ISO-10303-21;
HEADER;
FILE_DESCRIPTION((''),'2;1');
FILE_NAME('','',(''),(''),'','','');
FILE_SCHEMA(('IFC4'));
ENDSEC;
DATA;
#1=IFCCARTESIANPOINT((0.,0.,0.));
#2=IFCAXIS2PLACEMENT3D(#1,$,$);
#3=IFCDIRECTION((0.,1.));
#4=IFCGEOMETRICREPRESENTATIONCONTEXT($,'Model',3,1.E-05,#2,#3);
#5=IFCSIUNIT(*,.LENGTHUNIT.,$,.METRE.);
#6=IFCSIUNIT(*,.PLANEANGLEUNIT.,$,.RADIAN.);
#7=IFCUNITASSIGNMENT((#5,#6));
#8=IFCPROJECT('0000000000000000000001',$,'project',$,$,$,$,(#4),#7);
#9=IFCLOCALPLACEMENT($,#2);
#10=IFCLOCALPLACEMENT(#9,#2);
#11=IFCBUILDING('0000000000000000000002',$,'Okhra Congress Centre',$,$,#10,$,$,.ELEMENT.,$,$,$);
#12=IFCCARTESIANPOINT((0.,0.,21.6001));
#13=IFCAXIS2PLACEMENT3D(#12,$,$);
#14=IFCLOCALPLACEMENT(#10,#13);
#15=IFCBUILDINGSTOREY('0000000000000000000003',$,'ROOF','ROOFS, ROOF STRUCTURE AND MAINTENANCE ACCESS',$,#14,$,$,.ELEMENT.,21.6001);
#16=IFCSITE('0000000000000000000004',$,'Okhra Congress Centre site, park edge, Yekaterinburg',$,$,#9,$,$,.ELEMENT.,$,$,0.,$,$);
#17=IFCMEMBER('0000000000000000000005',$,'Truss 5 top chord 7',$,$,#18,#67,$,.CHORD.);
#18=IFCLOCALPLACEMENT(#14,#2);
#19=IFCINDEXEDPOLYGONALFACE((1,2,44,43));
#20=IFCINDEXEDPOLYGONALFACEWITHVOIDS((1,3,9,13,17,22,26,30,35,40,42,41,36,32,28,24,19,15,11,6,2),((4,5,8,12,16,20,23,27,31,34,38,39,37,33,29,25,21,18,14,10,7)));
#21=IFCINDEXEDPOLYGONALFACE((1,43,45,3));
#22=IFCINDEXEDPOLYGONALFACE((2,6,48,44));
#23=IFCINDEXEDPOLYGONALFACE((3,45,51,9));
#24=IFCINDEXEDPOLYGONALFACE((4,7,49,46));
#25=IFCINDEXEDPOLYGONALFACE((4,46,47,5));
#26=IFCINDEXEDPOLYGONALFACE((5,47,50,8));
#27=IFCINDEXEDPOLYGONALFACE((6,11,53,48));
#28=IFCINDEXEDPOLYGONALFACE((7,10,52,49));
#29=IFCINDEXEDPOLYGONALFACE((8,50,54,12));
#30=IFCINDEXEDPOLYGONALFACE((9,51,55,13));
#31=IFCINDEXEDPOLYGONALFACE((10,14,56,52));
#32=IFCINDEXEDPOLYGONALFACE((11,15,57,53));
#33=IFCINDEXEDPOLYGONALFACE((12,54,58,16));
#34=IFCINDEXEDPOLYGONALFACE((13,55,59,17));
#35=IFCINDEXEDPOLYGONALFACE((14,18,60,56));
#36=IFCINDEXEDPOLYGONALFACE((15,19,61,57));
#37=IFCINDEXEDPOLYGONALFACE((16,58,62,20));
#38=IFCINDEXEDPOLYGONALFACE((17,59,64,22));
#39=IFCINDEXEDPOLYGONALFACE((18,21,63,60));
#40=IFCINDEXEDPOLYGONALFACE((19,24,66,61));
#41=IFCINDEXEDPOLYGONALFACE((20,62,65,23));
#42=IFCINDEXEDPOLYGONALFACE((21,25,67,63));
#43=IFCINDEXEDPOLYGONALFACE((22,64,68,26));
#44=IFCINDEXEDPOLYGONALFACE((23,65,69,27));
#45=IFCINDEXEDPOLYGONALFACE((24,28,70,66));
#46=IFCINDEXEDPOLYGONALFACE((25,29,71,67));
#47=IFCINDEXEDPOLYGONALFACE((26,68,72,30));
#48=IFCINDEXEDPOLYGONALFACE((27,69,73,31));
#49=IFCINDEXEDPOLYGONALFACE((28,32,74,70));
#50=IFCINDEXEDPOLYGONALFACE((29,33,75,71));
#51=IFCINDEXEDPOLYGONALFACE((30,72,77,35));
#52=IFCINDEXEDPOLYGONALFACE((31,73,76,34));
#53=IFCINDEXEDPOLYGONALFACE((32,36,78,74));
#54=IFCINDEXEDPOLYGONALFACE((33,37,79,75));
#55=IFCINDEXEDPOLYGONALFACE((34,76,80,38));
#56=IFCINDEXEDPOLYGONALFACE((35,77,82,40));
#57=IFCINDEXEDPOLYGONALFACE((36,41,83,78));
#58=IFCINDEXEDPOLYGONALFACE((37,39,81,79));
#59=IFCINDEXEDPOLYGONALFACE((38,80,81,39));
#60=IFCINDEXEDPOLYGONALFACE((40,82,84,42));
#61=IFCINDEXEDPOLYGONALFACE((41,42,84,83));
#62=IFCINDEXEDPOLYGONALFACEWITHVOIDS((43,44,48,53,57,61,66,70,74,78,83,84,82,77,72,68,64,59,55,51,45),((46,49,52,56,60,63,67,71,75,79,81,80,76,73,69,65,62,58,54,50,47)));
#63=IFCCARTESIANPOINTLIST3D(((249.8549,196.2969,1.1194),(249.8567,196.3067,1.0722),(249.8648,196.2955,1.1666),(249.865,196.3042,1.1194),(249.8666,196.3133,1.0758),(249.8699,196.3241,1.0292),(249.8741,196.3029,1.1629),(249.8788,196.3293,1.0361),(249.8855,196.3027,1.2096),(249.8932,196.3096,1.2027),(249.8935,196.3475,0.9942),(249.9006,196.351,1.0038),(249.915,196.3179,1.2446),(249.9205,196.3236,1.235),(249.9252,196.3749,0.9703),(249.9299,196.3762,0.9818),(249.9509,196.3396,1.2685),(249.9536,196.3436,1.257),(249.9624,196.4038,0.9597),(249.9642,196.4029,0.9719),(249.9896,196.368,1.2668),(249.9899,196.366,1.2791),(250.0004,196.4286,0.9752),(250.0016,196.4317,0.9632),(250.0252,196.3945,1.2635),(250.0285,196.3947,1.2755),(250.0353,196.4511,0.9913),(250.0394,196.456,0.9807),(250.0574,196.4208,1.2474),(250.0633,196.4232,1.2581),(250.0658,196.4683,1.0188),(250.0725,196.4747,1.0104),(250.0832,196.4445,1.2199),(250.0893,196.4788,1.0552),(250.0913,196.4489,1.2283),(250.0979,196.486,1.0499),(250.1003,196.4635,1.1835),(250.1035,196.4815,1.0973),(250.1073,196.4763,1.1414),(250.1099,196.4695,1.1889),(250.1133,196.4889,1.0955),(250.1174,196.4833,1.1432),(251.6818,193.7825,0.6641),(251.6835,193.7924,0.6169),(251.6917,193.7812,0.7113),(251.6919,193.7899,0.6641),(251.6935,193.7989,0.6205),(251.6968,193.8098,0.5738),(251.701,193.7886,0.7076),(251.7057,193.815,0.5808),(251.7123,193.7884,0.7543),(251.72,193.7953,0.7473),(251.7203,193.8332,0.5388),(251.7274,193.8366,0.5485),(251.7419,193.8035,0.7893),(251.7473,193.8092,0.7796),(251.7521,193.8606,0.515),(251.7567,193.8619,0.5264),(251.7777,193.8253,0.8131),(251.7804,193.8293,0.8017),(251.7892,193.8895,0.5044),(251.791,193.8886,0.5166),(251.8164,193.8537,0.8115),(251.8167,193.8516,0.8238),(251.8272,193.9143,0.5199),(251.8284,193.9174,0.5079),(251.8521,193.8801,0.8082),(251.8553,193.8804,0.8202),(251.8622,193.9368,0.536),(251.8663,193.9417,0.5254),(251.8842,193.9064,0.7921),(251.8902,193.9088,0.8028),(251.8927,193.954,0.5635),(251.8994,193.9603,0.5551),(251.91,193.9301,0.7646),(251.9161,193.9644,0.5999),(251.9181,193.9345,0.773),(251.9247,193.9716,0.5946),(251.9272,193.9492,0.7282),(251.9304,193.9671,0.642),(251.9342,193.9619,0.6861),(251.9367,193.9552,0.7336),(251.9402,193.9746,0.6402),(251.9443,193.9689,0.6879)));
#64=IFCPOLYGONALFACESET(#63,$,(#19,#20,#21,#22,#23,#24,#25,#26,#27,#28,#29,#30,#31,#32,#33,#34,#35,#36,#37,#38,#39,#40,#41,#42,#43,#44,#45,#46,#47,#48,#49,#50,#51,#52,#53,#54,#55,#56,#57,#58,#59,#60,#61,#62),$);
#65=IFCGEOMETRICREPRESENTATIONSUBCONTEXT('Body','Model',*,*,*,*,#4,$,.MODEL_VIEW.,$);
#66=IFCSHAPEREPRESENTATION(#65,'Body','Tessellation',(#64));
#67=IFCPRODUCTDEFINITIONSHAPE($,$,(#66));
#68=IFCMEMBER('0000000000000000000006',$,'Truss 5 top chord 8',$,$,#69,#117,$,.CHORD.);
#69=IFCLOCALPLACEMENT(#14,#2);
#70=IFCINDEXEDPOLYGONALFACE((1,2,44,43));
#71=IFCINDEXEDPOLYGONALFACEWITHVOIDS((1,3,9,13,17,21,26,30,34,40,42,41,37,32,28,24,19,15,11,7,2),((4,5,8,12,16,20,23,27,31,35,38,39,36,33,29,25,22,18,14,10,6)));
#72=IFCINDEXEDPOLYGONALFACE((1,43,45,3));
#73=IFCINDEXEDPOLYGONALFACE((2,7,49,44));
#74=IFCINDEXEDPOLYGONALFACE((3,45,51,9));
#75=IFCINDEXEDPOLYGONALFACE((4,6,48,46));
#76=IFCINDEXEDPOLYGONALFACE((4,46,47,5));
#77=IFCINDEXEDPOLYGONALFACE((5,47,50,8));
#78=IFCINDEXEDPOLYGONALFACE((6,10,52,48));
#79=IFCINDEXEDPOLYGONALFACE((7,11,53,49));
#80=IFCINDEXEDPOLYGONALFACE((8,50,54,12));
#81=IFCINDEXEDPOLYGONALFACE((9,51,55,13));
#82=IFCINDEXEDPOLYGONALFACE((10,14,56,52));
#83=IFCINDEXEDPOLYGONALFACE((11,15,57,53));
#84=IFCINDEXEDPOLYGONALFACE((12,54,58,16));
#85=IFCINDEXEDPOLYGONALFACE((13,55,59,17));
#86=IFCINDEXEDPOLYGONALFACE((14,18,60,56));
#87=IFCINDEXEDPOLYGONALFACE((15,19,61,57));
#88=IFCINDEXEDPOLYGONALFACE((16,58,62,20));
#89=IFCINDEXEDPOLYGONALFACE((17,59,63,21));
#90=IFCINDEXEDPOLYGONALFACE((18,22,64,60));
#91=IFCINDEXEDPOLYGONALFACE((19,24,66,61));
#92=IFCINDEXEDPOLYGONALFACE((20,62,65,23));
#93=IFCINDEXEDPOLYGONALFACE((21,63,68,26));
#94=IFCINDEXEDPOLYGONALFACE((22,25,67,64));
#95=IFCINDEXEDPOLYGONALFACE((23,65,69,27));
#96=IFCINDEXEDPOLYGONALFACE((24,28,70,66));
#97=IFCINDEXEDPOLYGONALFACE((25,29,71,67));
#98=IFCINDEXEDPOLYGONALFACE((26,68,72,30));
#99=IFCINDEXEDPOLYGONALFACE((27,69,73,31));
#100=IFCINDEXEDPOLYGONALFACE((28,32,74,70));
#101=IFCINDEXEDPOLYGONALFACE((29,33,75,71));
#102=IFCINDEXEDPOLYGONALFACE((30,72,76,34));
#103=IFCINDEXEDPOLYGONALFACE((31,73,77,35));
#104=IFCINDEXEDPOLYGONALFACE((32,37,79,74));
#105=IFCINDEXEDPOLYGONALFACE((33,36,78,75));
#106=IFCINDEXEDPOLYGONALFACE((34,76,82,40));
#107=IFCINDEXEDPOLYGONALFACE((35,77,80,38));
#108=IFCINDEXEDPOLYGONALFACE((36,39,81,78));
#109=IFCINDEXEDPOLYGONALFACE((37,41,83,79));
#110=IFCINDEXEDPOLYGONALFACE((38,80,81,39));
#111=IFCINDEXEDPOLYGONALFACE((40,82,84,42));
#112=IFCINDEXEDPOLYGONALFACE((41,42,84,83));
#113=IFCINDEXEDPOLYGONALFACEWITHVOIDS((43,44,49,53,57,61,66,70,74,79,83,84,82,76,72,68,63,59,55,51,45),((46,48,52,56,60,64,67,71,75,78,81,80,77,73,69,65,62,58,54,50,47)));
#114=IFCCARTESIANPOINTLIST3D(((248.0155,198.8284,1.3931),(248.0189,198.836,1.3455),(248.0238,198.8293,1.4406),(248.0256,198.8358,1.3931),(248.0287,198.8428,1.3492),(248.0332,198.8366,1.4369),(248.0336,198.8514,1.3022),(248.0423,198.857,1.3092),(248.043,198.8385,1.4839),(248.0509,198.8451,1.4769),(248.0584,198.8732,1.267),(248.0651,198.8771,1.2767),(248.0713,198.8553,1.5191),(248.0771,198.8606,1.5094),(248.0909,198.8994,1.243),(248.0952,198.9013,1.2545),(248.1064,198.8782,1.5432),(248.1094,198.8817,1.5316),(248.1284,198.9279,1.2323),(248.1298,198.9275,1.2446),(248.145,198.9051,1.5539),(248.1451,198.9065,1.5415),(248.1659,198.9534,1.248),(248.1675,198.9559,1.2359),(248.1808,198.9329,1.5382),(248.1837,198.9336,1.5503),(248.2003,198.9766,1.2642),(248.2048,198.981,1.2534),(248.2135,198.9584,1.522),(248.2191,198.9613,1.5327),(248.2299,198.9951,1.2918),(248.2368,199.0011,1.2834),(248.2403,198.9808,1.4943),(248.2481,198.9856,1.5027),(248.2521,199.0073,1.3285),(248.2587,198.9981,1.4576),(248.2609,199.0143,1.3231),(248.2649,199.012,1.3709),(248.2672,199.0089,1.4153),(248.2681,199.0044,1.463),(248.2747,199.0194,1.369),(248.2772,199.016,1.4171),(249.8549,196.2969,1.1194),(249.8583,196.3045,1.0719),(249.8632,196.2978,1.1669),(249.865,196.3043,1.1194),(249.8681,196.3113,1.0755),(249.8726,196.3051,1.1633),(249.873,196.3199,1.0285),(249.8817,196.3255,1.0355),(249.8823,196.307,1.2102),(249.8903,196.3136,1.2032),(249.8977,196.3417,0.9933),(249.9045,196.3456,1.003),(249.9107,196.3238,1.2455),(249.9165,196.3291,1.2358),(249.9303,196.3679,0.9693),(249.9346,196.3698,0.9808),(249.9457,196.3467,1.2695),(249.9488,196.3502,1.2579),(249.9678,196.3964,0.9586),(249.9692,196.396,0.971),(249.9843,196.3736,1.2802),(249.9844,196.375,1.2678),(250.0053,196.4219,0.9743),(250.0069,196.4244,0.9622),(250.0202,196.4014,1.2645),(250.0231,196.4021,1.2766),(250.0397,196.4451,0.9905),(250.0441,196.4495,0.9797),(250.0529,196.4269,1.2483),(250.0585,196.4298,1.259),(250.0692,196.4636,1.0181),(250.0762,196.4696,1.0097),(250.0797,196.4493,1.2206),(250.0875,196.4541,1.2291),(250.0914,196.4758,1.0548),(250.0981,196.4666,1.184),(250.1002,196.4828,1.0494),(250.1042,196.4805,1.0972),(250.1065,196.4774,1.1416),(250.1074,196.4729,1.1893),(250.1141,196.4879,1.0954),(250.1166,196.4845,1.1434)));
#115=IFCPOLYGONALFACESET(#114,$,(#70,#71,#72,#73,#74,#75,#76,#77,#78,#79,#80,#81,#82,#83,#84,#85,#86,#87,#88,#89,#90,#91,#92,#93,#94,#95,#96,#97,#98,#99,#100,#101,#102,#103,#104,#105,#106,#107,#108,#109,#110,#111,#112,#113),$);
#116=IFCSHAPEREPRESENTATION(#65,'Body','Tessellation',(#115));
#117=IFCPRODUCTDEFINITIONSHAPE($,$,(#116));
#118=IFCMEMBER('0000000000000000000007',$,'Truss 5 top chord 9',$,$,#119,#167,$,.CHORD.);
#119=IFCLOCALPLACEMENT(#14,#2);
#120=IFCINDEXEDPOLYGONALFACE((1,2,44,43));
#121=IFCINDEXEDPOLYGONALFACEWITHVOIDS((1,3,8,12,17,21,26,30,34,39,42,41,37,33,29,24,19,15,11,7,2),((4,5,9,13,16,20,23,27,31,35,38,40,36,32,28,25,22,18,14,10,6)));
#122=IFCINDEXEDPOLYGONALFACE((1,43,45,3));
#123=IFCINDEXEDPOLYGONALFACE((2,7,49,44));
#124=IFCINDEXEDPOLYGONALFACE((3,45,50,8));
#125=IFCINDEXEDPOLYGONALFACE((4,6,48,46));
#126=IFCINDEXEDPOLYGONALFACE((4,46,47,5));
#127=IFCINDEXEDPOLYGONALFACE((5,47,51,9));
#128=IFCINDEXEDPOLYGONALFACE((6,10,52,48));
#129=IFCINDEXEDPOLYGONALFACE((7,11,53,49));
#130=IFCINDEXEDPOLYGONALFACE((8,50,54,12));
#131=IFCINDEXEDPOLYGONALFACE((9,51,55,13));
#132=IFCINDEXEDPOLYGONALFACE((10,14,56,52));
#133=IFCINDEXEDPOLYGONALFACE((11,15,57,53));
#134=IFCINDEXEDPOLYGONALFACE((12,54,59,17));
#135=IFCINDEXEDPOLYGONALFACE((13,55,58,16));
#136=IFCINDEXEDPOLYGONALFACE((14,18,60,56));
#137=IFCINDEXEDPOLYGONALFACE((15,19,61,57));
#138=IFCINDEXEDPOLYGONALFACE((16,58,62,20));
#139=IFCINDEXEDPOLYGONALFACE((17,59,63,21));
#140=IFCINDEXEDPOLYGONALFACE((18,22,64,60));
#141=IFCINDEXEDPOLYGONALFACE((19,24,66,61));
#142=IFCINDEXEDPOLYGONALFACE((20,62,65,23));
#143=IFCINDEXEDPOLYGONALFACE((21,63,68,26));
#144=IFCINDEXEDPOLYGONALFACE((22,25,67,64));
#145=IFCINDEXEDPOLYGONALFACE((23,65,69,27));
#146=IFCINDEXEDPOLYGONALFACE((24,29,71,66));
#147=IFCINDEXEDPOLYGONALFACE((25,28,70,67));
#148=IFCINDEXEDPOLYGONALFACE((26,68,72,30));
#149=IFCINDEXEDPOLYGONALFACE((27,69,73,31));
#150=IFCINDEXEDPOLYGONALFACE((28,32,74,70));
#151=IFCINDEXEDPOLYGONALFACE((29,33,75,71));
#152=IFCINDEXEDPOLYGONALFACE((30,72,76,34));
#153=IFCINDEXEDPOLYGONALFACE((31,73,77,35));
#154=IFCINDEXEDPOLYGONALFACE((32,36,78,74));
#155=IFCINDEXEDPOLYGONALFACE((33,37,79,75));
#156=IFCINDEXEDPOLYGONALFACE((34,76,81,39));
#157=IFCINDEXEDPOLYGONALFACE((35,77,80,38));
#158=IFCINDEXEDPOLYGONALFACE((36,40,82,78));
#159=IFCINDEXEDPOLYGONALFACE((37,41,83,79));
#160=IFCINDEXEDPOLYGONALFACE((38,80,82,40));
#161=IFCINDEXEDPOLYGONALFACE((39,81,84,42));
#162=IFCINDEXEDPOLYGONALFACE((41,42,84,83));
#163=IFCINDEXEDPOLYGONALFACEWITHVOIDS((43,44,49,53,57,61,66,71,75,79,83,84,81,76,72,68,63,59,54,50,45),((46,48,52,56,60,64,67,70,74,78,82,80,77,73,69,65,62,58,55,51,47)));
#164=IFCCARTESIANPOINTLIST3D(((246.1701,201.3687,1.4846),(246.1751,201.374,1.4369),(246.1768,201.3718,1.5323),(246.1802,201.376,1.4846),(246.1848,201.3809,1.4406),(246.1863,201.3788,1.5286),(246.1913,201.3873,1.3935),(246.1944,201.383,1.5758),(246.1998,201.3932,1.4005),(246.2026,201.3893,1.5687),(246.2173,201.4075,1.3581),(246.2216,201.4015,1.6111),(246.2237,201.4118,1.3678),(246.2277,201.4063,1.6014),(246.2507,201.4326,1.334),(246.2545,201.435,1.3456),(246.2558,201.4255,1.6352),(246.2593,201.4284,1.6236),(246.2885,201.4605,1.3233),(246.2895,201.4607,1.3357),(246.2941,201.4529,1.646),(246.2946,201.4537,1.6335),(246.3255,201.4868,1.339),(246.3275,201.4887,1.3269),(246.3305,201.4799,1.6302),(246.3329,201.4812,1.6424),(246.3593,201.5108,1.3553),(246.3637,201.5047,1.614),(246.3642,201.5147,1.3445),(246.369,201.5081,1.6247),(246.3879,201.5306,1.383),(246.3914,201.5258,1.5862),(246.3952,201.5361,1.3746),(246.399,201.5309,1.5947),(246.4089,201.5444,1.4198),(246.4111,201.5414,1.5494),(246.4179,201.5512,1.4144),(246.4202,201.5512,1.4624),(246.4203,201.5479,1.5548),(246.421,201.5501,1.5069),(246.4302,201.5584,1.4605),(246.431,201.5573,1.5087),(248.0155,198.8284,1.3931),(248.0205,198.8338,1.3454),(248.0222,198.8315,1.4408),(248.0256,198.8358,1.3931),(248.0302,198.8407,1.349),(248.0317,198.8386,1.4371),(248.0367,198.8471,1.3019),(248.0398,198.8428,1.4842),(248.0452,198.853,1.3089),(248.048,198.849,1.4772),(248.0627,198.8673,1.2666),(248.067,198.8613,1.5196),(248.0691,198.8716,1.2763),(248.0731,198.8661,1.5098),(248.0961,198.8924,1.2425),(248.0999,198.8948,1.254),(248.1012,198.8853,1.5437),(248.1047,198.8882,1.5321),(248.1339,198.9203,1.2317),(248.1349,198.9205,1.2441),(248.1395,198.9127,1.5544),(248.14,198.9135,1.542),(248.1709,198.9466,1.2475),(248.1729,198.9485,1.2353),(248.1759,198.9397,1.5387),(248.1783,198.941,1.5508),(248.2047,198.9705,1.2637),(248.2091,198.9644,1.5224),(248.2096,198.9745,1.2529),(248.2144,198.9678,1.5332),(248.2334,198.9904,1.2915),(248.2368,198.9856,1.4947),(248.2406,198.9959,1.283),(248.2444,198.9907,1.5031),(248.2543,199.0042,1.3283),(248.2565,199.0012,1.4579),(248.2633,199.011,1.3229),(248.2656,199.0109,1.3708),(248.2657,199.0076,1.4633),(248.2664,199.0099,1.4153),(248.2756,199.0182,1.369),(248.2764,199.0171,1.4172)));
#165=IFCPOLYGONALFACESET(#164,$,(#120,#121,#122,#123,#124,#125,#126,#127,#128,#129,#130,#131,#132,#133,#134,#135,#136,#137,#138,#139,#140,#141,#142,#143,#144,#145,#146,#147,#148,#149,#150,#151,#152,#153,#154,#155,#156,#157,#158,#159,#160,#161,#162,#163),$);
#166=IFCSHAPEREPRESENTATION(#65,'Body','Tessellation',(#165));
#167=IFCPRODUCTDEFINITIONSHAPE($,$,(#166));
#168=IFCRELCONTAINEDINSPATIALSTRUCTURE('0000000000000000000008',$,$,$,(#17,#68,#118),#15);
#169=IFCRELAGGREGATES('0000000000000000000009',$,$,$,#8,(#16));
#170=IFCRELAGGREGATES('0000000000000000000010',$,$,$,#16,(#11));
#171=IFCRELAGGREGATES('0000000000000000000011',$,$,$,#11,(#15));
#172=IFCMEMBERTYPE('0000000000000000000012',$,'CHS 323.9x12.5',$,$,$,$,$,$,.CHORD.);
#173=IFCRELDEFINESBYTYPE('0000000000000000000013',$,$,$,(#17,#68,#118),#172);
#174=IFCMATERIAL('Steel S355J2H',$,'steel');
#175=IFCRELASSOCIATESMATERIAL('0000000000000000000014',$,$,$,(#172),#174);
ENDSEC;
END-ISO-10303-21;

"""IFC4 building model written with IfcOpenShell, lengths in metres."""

from ifc_helpers import new_model, si_unit, direction, frame, origin, origin_2d, place, context, subcontext, project, spatial, hollow_circle, extrude, material, material_profile, profile_set, type_object, element, save


model = new_model("IFC4")

# Units and contexts
model_context = context("Model", 3, precision=1e-05, world=origin(), true_north=direction((0.0, 1.0)))
body_context = subcontext(model_context, "Body", "Model", "MODEL_VIEW")
ifc_project = project(units=[si_unit("LENGTHUNIT", "METRE"), si_unit("PLANEANGLEUNIT", "RADIAN")], contexts=[model_context])

# Site, building, storey
site_placement = place(None, origin())
site = spatial("IfcSite", under=ifc_project, at=site_placement, Name="Okhra Congress Centre site, park edge, Yekaterinburg", CompositionType="ELEMENT", RefElevation=0.0)
building_placement = place(site_placement, origin())
building = spatial("IfcBuilding", under=site, at=building_placement, Name="Okhra Congress Centre", CompositionType="ELEMENT")
storey_placement = place(building_placement, frame((0.0, 0.0, 21.6001)))
storey = spatial("IfcBuildingStorey", under=building, at=storey_placement, Name="ROOF", Description="ROOFS, ROOF STRUCTURE AND MAINTENANCE ACCESS", CompositionType="ELEMENT", Elevation=21.6001)

# Members
ifc_material_1 = material(Name="Steel S355J2H", Category="steel")
ifc_material_profile_1 = material_profile(ifc_material_1, hollow_circle(Radius=0.1619, WallThickness=0.0125, at=origin_2d()), Name="CHS 323.9x12.5")
ifc_profile_set_1 = profile_set([ifc_material_profile_1], Name="Steel S355J2H")
member_type_1 = type_object("IfcMemberType", Name="CHS 323.9x12.5", PredefinedType="CHORD", material=ifc_profile_set_1)
for number, where, z_axis, x_axis, name in (
    (1, (251.8127, 193.8777, 0.6641), (-0.581595, 0.80046, 0.144952), (-0.809004, -0.587803, 0.0), "Truss 5 top chord 7"),
    (2, (249.9858, 196.3921, 1.1194), (-0.585574, 0.805923, 0.087129), (-0.808999, -0.58781, 0.0), "Truss 5 top chord 8"),
    (3, (248.1465, 198.9236, 1.3931), (-0.587501, 0.808698, 0.029146), (-0.809042, -0.587751, 0.0), "Truss 5 top chord 9"),
):
    element("IfcMember", number, at=place(storey_placement, frame(where, z_axis=z_axis, x_axis=x_axis)), inside=storey, type_object=member_type_1, Name=name, PredefinedType="CHORD", context=body_context, shape_type="SweptSolid", body=[
        extrude(hollow_circle(Radius=0.1619, WallThickness=0.0125, at=origin_2d()), origin(), (0.0, 0.0, 1.0), 3.1411),
    ])

save(model, "model.ifc")
